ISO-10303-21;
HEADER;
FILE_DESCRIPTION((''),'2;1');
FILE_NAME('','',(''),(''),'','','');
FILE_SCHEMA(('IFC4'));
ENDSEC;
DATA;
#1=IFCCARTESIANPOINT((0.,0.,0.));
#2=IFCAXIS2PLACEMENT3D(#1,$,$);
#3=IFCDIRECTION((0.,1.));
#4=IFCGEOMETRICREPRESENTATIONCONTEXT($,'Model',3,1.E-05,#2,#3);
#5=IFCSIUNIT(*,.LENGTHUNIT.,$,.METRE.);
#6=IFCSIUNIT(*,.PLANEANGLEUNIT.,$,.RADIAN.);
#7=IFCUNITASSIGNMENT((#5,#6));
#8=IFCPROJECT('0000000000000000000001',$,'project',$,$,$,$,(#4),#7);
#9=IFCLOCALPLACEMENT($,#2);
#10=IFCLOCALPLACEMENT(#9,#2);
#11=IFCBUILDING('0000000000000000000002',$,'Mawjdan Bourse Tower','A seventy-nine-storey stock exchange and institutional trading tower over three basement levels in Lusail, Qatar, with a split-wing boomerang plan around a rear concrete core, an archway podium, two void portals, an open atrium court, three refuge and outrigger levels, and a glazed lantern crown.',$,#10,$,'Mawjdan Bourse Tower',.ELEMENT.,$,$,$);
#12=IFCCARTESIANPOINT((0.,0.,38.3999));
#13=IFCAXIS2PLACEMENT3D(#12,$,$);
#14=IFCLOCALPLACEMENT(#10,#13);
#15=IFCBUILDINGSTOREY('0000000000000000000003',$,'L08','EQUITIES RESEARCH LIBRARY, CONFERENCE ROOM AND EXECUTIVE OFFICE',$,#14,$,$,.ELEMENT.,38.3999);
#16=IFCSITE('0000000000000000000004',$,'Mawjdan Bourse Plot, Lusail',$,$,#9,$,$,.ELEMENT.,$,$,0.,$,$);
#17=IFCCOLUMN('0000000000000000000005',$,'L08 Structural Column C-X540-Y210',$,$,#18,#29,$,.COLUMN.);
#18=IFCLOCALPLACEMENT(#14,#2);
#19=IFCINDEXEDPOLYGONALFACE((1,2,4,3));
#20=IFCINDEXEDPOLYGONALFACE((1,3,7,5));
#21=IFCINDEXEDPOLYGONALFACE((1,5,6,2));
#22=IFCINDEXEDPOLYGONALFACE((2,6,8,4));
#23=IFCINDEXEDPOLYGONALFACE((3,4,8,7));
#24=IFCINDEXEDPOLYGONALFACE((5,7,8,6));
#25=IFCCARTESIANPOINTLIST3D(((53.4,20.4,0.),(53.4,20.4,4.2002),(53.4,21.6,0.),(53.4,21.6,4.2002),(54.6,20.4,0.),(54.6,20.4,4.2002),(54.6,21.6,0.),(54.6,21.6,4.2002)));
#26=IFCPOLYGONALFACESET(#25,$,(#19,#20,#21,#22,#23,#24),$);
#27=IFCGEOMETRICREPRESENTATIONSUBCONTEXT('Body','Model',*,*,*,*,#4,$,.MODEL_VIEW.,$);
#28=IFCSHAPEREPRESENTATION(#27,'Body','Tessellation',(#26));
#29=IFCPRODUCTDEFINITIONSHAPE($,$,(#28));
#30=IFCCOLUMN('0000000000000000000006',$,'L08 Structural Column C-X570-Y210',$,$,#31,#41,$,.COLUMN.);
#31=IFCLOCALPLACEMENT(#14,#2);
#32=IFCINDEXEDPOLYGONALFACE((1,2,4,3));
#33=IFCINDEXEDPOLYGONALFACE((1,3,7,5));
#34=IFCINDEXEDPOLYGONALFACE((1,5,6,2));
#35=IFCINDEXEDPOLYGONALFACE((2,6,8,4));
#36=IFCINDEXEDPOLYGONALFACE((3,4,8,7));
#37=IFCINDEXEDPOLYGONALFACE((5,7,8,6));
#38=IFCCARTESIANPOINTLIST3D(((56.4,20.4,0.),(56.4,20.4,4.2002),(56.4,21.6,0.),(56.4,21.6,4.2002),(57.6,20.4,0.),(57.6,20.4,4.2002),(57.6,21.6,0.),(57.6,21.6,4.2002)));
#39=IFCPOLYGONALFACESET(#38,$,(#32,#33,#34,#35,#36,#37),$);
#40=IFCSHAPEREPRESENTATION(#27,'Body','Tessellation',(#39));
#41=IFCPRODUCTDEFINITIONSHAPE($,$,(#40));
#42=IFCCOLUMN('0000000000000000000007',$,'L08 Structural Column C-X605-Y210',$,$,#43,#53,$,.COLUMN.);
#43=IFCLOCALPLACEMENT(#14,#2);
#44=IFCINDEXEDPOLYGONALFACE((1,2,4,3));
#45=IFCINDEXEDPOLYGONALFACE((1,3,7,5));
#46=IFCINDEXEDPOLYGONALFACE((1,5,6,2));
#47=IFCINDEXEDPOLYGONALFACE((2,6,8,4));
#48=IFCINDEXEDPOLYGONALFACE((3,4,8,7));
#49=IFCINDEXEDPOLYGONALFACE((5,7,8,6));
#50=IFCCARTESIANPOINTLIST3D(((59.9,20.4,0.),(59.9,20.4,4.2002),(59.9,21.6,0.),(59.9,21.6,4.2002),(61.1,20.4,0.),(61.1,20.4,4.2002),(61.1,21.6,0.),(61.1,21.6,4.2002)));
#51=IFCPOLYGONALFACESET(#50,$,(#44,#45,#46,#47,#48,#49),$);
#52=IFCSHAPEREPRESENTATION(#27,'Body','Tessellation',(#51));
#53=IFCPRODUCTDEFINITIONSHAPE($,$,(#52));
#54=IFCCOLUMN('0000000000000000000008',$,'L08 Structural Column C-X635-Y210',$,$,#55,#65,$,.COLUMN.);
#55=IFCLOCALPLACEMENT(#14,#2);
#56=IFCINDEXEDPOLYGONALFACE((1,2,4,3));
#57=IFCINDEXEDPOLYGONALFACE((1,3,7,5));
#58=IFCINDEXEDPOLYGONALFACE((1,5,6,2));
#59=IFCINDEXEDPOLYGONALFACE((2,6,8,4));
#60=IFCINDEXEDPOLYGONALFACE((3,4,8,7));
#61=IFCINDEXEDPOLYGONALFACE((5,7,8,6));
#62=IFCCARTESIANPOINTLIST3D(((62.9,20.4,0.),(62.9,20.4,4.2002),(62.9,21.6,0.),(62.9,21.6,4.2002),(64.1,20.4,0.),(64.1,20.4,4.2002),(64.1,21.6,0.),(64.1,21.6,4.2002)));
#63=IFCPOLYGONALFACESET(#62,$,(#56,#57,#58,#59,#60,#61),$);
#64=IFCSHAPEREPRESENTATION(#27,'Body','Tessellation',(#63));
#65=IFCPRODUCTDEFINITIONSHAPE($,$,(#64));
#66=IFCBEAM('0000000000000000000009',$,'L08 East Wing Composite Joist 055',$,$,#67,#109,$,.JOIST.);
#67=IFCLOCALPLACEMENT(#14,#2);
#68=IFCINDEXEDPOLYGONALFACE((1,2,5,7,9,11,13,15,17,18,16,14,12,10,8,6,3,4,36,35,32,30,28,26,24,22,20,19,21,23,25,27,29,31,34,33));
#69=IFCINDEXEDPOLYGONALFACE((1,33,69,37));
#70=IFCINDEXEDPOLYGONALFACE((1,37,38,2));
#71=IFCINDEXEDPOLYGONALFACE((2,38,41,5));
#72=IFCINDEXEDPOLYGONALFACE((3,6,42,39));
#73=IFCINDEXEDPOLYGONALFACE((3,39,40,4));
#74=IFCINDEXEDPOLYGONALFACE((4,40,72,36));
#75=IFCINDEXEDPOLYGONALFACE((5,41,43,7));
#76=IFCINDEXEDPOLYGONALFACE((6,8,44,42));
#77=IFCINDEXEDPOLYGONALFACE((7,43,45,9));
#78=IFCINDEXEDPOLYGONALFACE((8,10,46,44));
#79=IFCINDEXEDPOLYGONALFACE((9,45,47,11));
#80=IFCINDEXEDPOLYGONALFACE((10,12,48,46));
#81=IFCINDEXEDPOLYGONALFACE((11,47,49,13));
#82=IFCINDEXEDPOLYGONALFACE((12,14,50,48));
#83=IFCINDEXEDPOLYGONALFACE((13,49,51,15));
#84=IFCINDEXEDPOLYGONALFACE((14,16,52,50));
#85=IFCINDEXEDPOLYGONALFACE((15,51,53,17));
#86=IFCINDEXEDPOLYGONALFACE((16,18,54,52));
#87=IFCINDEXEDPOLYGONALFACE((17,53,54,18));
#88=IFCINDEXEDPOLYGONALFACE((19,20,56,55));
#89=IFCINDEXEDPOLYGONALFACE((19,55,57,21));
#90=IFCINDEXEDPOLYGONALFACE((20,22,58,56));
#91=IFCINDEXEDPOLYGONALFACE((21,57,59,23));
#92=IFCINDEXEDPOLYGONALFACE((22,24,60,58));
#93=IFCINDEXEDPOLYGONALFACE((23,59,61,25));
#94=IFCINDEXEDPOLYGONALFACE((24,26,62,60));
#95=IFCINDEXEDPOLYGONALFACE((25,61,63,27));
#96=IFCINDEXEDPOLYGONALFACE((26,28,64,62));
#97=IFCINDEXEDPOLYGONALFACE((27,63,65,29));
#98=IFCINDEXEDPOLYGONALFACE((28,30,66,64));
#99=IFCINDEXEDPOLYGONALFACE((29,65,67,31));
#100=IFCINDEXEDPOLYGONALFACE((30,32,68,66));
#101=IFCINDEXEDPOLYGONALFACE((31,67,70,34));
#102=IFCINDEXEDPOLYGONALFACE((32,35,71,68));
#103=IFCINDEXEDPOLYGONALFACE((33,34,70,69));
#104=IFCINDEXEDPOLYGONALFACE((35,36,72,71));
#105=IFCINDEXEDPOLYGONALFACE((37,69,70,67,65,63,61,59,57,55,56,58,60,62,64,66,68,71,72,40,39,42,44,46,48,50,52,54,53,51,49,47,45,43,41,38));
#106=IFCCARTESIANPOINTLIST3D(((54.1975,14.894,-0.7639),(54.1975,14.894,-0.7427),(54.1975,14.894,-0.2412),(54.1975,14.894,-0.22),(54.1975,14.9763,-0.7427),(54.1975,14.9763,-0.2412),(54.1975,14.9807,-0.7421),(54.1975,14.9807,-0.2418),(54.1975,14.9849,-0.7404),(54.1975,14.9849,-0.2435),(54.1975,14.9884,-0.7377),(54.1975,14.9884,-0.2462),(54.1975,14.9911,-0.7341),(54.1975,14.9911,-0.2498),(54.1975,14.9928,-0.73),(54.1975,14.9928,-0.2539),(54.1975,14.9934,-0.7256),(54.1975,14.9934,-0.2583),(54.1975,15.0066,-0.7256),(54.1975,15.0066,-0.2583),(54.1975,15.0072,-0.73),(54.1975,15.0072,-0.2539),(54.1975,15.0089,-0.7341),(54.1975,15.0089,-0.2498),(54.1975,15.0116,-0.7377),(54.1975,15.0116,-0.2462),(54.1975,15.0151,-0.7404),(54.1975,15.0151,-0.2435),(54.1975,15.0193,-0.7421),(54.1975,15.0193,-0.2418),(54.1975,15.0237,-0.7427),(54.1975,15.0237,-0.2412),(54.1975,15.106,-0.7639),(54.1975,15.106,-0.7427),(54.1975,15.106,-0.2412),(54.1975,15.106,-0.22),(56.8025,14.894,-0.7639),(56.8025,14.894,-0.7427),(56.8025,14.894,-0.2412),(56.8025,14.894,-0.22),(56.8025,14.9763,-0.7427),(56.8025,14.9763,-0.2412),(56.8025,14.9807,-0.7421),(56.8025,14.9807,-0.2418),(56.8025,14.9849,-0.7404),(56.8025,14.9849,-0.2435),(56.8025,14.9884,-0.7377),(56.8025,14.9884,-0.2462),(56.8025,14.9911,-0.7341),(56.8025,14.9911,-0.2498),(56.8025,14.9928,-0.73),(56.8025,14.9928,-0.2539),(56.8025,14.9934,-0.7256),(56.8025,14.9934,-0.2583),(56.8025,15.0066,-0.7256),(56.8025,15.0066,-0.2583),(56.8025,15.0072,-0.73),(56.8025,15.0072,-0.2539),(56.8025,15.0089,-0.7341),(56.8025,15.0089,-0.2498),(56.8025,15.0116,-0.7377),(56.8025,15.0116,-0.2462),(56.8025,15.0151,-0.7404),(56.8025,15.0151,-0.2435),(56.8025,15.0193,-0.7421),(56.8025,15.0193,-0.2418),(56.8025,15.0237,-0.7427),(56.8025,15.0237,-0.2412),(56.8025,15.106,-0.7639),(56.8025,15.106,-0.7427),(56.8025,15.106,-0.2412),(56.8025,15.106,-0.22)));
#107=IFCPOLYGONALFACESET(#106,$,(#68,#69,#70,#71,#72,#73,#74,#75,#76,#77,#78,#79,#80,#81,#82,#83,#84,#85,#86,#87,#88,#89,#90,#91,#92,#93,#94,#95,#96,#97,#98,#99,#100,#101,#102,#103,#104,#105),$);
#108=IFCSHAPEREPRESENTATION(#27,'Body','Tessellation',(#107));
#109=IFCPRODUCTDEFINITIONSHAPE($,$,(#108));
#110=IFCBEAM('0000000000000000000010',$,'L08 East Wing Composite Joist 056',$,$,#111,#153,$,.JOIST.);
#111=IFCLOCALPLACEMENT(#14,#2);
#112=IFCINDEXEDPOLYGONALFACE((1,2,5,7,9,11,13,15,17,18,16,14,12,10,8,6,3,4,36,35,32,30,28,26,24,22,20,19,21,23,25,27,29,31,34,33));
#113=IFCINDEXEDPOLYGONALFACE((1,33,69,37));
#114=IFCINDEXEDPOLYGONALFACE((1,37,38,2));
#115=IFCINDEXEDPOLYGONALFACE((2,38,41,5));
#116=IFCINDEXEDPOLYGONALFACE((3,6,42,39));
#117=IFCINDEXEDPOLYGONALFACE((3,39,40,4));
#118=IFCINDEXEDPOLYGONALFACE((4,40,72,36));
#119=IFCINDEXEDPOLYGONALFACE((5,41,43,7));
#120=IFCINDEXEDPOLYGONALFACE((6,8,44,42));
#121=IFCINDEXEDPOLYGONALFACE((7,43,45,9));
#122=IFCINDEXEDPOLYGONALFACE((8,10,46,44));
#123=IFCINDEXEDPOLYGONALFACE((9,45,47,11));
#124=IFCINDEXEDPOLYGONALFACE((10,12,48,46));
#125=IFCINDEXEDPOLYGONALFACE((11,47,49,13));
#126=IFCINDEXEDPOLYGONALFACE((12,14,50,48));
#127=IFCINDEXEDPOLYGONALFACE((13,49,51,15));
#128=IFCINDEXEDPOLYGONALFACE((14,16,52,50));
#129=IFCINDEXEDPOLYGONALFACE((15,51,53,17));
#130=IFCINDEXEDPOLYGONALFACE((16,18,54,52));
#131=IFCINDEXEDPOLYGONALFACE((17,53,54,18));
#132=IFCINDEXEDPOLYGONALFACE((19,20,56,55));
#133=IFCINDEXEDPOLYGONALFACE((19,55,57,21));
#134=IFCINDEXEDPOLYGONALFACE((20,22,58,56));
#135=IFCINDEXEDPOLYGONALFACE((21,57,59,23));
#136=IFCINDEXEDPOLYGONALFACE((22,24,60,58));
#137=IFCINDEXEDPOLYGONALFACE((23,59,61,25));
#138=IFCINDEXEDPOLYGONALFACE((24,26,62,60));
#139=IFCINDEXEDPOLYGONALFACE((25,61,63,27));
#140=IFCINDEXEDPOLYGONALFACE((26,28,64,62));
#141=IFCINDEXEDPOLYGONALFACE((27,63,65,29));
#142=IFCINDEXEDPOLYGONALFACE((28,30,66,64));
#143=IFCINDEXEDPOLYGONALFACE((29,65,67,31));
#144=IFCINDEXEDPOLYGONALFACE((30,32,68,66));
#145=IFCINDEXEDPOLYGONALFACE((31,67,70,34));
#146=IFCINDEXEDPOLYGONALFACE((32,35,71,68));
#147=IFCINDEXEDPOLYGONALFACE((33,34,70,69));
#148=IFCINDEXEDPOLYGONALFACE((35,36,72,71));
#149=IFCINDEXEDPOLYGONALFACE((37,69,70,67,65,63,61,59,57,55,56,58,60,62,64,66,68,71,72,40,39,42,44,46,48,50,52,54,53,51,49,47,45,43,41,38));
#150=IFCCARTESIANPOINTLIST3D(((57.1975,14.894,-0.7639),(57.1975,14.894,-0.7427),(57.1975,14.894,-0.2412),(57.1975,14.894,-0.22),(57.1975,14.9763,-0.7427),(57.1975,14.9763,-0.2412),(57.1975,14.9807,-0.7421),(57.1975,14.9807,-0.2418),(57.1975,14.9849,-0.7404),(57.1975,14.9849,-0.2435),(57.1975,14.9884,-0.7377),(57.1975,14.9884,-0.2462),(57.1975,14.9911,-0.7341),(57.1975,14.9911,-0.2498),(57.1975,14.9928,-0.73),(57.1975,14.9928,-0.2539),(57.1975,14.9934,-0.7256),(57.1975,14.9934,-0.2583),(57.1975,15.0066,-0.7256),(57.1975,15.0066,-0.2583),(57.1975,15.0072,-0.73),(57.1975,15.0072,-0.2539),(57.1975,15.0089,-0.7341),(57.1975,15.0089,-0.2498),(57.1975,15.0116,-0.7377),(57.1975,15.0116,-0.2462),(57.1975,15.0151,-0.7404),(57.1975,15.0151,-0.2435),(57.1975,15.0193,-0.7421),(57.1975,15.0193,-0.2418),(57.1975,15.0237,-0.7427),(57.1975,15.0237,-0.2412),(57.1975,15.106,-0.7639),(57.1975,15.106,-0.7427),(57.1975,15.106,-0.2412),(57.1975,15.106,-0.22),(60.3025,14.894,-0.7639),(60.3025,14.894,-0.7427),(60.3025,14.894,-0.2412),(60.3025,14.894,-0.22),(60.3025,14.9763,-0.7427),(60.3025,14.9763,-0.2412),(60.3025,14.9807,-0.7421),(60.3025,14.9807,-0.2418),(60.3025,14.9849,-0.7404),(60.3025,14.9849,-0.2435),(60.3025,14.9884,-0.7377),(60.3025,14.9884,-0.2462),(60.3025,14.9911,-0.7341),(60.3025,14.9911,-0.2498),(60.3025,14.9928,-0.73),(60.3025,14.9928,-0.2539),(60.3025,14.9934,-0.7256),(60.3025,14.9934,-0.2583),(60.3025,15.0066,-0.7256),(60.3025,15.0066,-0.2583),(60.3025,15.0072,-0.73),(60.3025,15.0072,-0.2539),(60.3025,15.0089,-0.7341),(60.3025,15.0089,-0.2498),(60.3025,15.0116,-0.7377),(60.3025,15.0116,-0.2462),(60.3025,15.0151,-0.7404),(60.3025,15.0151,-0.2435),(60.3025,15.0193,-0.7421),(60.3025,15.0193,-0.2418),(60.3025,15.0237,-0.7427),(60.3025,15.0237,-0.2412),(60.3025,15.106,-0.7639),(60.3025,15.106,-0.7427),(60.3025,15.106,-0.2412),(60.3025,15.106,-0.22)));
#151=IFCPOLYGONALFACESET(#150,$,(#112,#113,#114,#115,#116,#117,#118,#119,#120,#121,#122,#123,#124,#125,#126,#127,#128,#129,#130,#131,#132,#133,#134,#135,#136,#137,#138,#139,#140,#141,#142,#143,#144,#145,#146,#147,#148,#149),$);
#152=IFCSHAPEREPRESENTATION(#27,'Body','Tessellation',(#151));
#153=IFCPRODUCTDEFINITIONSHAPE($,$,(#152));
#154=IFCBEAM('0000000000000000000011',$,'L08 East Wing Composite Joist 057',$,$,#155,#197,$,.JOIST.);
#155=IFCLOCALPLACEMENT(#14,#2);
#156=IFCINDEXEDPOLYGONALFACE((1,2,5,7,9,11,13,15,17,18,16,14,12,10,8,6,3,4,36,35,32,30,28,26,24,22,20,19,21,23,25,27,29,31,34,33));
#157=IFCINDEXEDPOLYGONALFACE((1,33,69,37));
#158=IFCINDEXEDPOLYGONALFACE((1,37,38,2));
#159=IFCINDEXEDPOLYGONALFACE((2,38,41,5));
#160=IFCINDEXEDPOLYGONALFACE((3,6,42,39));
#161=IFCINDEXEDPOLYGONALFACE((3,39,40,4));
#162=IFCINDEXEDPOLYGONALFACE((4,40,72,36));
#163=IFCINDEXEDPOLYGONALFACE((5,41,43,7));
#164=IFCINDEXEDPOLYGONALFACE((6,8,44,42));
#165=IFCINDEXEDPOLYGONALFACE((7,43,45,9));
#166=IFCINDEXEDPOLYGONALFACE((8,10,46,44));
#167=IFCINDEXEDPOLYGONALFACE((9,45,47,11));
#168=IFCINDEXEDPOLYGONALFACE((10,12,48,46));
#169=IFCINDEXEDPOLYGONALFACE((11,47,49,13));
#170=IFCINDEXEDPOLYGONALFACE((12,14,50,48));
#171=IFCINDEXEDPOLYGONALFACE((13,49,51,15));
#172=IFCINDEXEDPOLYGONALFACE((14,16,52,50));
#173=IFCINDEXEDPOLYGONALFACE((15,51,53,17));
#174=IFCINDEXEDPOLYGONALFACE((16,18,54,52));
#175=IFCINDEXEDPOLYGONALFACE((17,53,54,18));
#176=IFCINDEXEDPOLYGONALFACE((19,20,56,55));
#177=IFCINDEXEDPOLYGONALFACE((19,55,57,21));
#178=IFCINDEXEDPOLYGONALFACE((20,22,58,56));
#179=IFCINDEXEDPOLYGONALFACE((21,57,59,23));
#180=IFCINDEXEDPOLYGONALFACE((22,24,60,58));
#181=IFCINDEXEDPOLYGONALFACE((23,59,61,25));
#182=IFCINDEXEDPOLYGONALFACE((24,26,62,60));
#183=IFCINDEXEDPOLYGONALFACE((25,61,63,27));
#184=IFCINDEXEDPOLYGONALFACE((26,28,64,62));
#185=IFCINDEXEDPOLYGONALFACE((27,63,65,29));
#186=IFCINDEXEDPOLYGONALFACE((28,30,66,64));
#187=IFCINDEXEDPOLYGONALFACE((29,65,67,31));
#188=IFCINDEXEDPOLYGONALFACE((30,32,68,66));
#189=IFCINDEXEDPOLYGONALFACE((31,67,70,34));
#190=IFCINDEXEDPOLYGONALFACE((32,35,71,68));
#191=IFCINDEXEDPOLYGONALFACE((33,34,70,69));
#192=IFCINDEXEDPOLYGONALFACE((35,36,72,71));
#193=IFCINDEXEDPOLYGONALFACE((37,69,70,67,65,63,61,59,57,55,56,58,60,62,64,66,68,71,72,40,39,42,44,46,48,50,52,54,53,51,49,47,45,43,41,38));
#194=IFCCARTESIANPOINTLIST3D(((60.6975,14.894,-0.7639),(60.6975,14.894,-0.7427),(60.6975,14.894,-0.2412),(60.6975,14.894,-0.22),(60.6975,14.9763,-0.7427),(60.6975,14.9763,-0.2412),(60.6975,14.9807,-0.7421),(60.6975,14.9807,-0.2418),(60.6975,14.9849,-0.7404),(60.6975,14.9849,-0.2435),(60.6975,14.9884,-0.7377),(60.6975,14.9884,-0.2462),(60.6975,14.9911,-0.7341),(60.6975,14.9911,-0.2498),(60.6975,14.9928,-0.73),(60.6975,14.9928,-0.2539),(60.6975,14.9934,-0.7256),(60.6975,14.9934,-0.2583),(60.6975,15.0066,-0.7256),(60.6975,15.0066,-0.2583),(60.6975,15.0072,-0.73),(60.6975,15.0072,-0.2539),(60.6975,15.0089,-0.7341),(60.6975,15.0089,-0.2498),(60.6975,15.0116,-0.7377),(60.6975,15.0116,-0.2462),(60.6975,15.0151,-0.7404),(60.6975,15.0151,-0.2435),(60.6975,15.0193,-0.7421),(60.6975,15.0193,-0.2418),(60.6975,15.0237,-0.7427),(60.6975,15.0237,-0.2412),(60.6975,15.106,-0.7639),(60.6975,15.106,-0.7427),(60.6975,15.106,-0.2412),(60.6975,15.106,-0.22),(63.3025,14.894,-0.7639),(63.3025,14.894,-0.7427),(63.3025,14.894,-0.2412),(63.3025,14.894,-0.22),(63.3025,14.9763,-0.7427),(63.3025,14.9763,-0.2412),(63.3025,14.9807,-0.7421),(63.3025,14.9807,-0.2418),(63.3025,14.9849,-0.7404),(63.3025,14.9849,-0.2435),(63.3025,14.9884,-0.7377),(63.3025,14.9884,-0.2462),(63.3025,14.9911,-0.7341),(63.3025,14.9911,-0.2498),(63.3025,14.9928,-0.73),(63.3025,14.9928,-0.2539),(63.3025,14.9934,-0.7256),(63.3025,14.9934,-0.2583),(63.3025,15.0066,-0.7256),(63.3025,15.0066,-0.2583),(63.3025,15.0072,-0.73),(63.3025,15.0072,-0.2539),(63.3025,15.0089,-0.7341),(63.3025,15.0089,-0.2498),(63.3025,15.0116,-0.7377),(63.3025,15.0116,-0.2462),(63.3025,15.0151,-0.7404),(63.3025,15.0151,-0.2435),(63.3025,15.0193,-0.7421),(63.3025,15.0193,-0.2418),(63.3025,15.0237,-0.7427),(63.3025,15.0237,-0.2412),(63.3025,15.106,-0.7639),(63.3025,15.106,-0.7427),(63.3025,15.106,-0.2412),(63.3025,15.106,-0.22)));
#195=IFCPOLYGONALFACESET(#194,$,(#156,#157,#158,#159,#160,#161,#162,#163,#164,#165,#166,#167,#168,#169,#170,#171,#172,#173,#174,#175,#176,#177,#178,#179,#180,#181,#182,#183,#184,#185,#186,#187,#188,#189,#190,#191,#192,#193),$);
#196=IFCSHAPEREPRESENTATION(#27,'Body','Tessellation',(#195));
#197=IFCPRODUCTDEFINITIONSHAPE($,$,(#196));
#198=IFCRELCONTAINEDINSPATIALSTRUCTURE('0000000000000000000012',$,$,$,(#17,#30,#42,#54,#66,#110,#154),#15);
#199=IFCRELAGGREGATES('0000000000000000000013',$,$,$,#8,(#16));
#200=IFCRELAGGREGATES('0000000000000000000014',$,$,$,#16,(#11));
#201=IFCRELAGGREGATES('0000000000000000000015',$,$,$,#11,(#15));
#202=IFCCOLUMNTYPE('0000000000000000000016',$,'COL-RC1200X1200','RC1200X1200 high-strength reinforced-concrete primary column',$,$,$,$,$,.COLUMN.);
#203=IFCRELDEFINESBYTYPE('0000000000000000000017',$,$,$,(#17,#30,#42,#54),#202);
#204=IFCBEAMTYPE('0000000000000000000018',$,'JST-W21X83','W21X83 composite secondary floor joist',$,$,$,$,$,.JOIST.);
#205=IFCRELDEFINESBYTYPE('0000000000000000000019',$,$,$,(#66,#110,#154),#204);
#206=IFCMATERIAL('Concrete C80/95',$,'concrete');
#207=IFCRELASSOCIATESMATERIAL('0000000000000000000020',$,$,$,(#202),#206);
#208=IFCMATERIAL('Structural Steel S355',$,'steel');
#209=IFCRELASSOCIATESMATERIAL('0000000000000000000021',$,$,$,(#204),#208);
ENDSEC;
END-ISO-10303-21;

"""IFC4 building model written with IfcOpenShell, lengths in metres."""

from ifc_helpers import new_model, si_unit, direction, frame, origin, origin_2d, place, context, subcontext, project, spatial, rectangle, i_section, extrude, material, material_profile, profile_set, type_object, element, save


model = new_model("IFC4")

# Units and contexts
model_context = context("Model", 3, precision=1e-05, world=origin(), true_north=direction((0.0, 1.0)))
body_context = subcontext(model_context, "Body", "Model", "MODEL_VIEW")
ifc_project = project(units=[si_unit("LENGTHUNIT", "METRE"), si_unit("PLANEANGLEUNIT", "RADIAN")], contexts=[model_context])

# Site, building, storey
site_placement = place(None, origin())
site = spatial("IfcSite", under=ifc_project, at=site_placement, Name="Mawjdan Bourse Plot, Lusail", CompositionType="ELEMENT", RefElevation=0.0)
building_placement = place(site_placement, origin())
building = spatial("IfcBuilding", under=site, at=building_placement, Name="Mawjdan Bourse Tower", Description="A seventy-nine-storey stock exchange and institutional trading tower over three basement levels in Lusail, Qatar, with a split-wing boomerang plan around a rear concrete core, an archway podium, two void portals, an open atrium court, three refuge and outrigger levels, and a glazed lantern crown.", LongName="Mawjdan Bourse Tower", CompositionType="ELEMENT")
storey_placement = place(building_placement, frame((0.0, 0.0, 38.3999)))
storey = spatial("IfcBuildingStorey", under=building, at=storey_placement, Name="L08", Description="EQUITIES RESEARCH LIBRARY, CONFERENCE ROOM AND EXECUTIVE OFFICE", CompositionType="ELEMENT", Elevation=38.3999)

# Columns
ifc_material_1 = material(Name="Concrete C80/95", Category="concrete")
ifc_material_profile_1 = material_profile(ifc_material_1, rectangle(XDim=1.2, YDim=1.2, at=origin_2d()), Name="RC1200X1200")
ifc_profile_set_1 = profile_set([ifc_material_profile_1], Name="Concrete C80/95")
column_type = type_object("IfcColumnType", Name="COL-RC1200X1200", Description="RC1200X1200 high-strength reinforced-concrete primary column", PredefinedType="COLUMN", material=ifc_profile_set_1)
for number, where, z_axis, x_axis, name in (
    (1, (54.0, 21.0, 0.0), (0.0, 0.0, 1.0), (1.0, 0.0, 0.0), "L08 Structural Column C-X540-Y210"),
    (2, (57.0, 21.0, 0.0), (0.0, 0.0, 1.0), (1.0, 0.0, 0.0), "L08 Structural Column C-X570-Y210"),
    (3, (60.5, 21.0, 0.0), (0.0, 0.0, 1.0), (1.0, 0.0, 0.0), "L08 Structural Column C-X605-Y210"),
    (4, (63.5, 21.0, 0.0), (0.0, 0.0, 1.0), (1.0, 0.0, 0.0), "L08 Structural Column C-X635-Y210"),
):
    element("IfcColumn", number, at=place(storey_placement, frame(where, z_axis=z_axis, x_axis=x_axis)), inside=storey, type_object=column_type, Name=name, PredefinedType="COLUMN", context=body_context, shape_type="SweptSolid", body=[
        extrude(rectangle(XDim=1.2, YDim=1.2, at=origin_2d()), origin(), (0.0, 0.0, 1.0), 4.2002),
    ])

# Beams
ifc_material_2 = material(Name="Structural Steel S355", Category="steel")
ifc_material_profile_2 = material_profile(ifc_material_2, i_section(OverallWidth=0.2119, OverallDepth=0.5439, WebThickness=0.0132, FlangeThickness=0.0212, FilletRadius=0.0171, at=origin_2d()), Name="W21X83")
ifc_profile_set_2 = profile_set([ifc_material_profile_2], Name="Structural Steel S355")
beam_type_1 = type_object("IfcBeamType", Name="JST-W21X83", Description="W21X83 composite secondary floor joist", PredefinedType="JOIST", material=ifc_profile_set_2)
beam_1_placement = place(storey_placement, frame((54.1975, 15.0, -0.4919), z_axis=(1.0, 0.0, 0.0), x_axis=(0.0, 1.0, 0.0)))
element("IfcBeam", 5, at=beam_1_placement, inside=storey, type_object=beam_type_1, Name="L08 East Wing Composite Joist 055", PredefinedType="JOIST", context=body_context, shape_type="SweptSolid", body=[
    extrude(i_section(OverallWidth=0.2119, OverallDepth=0.5439, WebThickness=0.0132, FlangeThickness=0.0212, FilletRadius=0.0171, at=origin_2d()), origin(), (0.0, 0.0, 1.0), 2.605),
])
beam_2_placement = place(storey_placement, frame((57.1975, 15.0, -0.4919), z_axis=(1.0, 0.0, 0.0), x_axis=(0.0, 1.0, 0.0)))
element("IfcBeam", 6, at=beam_2_placement, inside=storey, type_object=beam_type_1, Name="L08 East Wing Composite Joist 056", PredefinedType="JOIST", context=body_context, shape_type="SweptSolid", body=[
    extrude(i_section(OverallWidth=0.2119, OverallDepth=0.5439, WebThickness=0.0132, FlangeThickness=0.0212, FilletRadius=0.0171, at=origin_2d()), origin(), (0.0, 0.0, 1.0), 3.105),
])
for number, where, z_axis, x_axis, name in (
    (7, (60.6975, 15.0, -0.4919), (1.0, 0.0, 0.0), (0.0, 1.0, 0.0), "L08 East Wing Composite Joist 057"),
):
    element("IfcBeam", number, at=place(storey_placement, frame(where, z_axis=z_axis, x_axis=x_axis)), inside=storey, type_object=beam_type_1, Name=name, PredefinedType="JOIST", context=body_context, shape_type="SweptSolid", body=[
        extrude(i_section(OverallWidth=0.2119, OverallDepth=0.5439, WebThickness=0.0132, FlangeThickness=0.0212, FilletRadius=0.0171, at=origin_2d()), origin(), (0.0, 0.0, 1.0), 2.605),
    ])

save(model, "model.ifc")
